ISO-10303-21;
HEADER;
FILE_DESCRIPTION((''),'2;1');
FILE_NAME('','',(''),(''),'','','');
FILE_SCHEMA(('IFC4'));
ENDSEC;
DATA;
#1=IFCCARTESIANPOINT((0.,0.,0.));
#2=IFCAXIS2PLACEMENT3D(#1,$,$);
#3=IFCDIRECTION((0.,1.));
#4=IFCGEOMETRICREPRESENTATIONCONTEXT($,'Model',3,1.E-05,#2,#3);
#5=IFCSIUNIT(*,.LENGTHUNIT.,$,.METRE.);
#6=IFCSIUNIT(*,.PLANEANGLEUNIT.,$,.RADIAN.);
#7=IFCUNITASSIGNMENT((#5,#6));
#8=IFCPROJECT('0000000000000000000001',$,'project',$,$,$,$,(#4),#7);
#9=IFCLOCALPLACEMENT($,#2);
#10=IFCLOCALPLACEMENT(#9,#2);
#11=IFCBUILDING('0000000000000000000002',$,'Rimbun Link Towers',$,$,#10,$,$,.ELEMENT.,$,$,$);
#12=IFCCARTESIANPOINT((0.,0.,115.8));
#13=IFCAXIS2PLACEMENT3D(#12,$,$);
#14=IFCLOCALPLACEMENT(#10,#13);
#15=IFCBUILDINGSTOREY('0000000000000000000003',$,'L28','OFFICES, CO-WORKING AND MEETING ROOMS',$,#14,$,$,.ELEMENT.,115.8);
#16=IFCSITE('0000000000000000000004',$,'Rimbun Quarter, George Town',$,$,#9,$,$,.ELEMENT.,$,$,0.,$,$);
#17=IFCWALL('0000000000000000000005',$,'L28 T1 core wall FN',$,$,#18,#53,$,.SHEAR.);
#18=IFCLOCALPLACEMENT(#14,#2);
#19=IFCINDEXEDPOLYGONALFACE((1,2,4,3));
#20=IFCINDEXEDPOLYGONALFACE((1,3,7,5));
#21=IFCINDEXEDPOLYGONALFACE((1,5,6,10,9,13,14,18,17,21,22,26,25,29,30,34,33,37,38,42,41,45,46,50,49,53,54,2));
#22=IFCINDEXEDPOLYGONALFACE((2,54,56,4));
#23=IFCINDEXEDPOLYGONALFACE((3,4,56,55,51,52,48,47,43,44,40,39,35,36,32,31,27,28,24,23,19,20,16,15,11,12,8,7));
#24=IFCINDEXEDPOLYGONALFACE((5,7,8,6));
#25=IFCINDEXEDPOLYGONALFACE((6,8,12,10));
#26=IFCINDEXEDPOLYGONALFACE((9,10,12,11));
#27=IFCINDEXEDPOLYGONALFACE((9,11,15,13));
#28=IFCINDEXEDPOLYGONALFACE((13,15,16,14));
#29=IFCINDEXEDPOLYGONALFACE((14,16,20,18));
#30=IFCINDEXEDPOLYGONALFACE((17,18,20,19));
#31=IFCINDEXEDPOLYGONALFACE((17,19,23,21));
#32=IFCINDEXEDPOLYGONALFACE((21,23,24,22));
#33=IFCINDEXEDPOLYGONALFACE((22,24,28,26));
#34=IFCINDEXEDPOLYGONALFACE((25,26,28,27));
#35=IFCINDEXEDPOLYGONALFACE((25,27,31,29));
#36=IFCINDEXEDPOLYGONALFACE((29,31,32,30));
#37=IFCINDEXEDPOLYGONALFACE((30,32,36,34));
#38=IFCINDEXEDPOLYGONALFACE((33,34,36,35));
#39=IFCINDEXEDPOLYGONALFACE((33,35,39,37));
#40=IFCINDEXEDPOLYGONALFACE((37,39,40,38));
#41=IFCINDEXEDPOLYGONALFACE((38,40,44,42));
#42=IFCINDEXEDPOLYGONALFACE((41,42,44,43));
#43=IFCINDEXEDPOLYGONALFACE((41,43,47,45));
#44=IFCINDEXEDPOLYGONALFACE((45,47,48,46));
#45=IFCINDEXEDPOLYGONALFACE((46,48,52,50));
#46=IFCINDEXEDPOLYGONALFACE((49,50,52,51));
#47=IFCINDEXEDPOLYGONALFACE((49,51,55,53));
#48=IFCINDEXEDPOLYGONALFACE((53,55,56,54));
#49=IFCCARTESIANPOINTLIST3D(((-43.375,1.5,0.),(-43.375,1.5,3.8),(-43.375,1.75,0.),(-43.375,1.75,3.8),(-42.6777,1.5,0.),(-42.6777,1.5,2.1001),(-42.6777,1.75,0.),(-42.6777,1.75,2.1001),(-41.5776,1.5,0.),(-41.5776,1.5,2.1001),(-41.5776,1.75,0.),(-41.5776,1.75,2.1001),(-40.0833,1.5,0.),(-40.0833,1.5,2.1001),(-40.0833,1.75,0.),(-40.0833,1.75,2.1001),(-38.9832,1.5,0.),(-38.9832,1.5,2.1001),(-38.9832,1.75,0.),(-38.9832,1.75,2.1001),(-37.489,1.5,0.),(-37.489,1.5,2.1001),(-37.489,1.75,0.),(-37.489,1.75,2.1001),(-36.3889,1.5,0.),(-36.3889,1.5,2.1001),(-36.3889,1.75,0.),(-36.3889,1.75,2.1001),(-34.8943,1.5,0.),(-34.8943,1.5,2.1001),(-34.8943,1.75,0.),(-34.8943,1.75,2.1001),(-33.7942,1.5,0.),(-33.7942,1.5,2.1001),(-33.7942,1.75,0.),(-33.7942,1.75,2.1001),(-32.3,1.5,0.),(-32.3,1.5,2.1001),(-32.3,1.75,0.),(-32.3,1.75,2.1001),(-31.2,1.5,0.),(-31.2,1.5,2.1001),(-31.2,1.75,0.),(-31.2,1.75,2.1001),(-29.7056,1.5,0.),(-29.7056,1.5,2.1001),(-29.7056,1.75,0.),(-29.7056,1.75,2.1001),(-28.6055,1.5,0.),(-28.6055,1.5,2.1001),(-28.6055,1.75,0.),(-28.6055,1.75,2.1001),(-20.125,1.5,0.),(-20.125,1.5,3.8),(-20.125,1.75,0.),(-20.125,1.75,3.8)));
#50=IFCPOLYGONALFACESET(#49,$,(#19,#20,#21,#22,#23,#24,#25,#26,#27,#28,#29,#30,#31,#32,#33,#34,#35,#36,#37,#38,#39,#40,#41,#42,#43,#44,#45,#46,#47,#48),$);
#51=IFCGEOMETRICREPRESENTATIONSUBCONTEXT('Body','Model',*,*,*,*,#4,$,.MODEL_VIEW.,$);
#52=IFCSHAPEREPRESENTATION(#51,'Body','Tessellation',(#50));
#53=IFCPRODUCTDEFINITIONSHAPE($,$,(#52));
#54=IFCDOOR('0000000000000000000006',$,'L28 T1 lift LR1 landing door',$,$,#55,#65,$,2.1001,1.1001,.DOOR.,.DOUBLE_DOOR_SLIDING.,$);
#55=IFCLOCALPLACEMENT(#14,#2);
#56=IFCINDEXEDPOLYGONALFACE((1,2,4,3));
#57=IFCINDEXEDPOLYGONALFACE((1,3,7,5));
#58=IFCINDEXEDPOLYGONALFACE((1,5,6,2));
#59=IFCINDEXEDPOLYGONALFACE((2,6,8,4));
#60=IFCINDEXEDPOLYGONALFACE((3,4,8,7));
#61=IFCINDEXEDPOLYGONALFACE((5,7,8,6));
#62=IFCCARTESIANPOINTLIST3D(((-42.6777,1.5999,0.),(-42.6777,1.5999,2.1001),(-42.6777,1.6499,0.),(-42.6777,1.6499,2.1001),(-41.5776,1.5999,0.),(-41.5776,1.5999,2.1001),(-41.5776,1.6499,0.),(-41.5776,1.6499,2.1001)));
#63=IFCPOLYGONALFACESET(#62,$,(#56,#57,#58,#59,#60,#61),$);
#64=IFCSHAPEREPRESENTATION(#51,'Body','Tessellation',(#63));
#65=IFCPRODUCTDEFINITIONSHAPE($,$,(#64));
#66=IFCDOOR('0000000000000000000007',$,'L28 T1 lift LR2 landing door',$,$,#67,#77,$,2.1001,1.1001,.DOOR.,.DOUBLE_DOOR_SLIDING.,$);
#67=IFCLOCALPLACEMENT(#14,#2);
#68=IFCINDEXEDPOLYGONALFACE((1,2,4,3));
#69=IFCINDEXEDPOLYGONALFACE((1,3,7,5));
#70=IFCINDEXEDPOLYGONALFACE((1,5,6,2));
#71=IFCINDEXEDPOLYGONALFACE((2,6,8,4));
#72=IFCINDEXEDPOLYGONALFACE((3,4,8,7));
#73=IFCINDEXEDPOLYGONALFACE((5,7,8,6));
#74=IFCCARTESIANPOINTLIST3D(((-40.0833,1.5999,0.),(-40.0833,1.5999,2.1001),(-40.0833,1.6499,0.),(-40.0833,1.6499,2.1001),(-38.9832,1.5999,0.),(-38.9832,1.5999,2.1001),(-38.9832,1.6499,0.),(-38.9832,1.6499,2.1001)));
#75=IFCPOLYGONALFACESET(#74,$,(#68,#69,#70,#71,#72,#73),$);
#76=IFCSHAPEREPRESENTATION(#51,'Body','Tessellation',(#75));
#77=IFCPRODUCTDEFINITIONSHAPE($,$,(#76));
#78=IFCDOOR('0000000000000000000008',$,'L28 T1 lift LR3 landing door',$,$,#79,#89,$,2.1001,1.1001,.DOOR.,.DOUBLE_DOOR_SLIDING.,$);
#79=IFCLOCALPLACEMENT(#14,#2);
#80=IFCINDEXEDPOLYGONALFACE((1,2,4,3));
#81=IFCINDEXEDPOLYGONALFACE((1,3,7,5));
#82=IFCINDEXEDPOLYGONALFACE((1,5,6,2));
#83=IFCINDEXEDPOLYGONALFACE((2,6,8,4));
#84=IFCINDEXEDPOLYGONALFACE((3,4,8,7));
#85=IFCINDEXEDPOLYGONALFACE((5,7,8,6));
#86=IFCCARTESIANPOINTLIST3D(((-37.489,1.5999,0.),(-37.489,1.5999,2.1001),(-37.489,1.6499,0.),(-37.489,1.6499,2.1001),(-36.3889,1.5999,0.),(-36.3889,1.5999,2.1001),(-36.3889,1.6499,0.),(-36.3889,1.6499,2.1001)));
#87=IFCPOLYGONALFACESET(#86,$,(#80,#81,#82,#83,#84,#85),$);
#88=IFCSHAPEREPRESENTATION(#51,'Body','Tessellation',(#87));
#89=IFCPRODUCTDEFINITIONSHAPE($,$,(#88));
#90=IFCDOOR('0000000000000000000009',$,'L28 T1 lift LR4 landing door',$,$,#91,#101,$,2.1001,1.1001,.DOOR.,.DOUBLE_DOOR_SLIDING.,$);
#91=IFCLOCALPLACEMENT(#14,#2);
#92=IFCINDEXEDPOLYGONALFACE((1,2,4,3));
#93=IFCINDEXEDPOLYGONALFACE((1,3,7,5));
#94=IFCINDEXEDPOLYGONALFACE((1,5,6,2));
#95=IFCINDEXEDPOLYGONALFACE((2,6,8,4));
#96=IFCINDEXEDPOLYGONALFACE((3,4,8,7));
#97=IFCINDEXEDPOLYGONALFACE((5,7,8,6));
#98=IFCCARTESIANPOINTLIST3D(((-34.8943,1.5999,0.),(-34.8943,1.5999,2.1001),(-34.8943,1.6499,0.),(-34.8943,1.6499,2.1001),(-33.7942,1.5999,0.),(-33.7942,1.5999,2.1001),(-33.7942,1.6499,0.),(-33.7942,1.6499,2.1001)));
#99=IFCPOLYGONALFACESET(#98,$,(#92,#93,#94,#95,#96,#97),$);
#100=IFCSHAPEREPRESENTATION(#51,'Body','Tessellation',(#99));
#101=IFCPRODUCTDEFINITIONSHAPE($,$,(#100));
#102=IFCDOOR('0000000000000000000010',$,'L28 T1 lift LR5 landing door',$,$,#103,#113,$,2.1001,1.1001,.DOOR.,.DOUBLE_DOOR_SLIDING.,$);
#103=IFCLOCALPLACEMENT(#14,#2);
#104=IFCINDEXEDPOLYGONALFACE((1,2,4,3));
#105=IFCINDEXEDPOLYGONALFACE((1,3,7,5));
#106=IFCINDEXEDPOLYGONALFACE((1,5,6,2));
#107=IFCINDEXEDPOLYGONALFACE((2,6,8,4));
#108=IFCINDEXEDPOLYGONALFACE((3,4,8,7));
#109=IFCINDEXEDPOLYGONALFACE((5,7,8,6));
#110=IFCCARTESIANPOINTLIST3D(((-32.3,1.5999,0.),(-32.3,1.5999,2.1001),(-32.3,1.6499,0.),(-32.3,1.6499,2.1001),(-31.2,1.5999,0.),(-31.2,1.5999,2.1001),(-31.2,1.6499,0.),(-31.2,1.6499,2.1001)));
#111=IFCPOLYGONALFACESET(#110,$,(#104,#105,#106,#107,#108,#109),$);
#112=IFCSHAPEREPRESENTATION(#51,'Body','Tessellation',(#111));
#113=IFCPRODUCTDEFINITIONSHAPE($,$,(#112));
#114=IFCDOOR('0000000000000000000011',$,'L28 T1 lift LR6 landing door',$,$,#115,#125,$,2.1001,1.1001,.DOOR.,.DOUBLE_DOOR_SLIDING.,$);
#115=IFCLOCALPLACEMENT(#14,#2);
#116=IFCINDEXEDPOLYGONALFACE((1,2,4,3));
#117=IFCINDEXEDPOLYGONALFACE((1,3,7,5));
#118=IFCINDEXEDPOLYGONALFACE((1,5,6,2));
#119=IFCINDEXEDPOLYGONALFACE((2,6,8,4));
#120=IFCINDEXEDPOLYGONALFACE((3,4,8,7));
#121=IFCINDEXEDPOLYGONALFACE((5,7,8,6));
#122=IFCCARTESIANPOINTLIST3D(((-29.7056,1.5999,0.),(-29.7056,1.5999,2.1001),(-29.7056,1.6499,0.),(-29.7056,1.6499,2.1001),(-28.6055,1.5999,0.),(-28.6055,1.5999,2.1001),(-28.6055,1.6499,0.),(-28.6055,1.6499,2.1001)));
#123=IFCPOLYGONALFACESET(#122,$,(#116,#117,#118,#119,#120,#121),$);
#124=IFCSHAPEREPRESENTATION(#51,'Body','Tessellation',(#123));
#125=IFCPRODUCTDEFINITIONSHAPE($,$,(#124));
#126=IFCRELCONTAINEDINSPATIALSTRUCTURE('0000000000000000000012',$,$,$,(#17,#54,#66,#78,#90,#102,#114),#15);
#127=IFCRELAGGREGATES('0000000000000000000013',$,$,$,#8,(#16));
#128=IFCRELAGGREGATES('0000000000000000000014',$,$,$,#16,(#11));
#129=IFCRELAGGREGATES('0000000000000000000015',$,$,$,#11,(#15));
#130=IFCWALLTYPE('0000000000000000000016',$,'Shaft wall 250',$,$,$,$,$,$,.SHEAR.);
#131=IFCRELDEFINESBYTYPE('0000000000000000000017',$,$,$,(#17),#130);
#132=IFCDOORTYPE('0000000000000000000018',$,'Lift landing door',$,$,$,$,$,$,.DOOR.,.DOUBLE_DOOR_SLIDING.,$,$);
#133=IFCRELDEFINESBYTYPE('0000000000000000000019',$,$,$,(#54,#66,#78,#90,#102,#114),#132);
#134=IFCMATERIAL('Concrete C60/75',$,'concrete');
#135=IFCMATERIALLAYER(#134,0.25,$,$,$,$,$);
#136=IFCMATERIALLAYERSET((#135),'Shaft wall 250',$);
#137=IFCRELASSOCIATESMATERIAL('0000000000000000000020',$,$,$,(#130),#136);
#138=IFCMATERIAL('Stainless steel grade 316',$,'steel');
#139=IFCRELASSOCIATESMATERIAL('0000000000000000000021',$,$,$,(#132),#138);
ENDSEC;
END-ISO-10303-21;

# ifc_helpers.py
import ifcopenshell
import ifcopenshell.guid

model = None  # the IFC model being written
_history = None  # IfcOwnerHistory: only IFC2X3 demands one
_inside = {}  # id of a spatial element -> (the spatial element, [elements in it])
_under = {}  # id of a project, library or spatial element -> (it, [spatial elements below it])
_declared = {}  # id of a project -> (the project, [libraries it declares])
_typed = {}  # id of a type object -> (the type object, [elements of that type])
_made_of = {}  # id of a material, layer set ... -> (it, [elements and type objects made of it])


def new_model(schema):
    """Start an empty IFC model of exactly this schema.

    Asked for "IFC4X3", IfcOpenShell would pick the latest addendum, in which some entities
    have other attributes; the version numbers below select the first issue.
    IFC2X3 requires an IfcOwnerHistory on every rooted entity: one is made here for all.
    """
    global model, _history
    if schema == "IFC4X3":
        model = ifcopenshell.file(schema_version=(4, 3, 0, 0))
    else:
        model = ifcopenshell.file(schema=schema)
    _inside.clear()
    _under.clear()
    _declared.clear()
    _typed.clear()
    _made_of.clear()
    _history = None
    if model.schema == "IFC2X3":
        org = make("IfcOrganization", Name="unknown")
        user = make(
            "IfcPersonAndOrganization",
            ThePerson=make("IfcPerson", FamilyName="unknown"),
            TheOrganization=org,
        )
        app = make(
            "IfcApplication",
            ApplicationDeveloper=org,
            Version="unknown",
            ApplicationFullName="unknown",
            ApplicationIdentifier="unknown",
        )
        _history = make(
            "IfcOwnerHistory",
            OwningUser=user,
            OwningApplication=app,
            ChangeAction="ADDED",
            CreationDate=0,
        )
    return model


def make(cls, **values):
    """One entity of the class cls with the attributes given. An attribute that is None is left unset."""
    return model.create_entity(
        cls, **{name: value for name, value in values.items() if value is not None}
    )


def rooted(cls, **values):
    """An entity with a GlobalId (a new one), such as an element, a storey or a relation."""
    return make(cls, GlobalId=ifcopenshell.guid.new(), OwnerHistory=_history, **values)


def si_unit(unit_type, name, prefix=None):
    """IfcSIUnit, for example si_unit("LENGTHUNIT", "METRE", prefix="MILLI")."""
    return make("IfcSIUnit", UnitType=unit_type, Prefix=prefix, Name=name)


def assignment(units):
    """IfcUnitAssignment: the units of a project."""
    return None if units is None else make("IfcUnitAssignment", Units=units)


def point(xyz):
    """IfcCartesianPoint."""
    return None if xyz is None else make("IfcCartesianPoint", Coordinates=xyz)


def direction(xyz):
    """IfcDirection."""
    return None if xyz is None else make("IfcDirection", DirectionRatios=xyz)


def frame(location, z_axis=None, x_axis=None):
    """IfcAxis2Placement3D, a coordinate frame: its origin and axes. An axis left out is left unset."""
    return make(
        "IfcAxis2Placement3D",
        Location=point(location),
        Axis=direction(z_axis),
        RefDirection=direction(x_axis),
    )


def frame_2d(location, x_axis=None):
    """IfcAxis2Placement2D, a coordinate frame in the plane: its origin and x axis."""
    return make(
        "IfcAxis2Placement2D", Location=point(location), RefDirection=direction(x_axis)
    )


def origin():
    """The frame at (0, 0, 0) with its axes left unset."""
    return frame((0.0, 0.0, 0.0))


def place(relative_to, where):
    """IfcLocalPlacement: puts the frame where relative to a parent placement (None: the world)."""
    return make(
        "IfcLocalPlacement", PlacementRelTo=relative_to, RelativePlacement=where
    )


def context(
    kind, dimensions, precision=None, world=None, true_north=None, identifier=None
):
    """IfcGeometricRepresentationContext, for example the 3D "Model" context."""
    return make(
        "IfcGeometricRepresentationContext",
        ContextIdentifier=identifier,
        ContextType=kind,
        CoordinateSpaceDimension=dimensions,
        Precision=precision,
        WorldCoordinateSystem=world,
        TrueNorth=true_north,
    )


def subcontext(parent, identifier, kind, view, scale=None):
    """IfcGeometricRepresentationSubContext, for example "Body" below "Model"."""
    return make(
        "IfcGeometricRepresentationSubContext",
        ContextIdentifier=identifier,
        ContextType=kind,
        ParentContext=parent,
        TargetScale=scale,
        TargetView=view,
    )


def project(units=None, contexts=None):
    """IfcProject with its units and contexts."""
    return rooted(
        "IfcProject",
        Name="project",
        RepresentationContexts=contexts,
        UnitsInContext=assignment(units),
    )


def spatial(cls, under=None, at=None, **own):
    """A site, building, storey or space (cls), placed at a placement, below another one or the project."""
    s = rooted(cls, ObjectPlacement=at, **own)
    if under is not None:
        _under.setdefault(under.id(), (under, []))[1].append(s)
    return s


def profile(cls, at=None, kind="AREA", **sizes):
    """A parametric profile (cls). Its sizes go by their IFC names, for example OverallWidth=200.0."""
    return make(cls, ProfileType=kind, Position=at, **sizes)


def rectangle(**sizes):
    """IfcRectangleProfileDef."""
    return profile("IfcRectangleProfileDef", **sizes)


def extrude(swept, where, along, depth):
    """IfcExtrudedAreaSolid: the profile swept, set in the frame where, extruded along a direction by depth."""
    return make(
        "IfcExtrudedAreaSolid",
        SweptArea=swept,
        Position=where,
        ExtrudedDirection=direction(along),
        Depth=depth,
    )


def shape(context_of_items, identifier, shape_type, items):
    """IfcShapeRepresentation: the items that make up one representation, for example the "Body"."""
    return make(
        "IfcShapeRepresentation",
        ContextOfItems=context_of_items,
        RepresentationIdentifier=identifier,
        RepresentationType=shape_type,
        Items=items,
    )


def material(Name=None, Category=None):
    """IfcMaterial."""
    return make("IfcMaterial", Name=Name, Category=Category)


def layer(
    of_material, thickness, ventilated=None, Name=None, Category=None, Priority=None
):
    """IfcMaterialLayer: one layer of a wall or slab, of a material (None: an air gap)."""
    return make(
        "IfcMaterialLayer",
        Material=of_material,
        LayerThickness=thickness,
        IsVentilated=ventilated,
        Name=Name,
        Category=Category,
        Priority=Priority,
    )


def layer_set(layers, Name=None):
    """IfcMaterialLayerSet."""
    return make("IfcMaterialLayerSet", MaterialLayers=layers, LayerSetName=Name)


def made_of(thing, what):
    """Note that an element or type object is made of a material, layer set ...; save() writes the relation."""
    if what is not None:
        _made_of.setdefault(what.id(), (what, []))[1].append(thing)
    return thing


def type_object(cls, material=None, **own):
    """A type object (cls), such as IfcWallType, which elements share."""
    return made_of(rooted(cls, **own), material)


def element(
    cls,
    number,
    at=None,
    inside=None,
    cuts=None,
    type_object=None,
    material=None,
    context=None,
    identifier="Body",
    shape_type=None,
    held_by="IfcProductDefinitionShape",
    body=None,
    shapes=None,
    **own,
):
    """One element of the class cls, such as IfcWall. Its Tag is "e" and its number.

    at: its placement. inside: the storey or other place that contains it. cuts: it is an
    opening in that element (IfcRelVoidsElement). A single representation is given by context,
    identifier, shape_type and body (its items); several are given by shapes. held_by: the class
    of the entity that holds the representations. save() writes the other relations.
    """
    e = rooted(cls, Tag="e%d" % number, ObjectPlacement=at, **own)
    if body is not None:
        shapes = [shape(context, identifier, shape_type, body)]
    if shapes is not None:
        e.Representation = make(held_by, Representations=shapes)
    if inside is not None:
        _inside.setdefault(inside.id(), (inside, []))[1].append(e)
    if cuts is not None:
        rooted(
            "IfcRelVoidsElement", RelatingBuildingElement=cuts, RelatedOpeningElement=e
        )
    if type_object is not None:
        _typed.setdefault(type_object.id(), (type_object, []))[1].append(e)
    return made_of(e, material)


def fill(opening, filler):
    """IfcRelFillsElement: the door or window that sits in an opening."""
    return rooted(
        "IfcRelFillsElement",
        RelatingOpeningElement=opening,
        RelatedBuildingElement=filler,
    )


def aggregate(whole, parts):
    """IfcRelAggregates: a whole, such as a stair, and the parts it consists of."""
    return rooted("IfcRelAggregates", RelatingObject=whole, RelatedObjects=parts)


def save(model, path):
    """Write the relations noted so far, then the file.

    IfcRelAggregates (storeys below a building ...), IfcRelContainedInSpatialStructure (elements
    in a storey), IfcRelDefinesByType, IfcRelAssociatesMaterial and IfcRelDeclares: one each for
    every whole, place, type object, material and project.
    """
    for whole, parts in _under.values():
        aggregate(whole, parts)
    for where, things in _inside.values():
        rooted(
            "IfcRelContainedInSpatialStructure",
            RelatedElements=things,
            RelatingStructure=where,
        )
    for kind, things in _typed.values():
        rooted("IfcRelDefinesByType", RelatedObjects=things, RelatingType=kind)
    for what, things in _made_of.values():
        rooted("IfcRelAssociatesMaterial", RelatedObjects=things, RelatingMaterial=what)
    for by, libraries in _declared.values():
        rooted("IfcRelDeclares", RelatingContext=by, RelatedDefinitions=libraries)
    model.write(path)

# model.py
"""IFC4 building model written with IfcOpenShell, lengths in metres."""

from ifc_helpers import new_model, si_unit, direction, frame, frame_2d, origin, place, context, subcontext, project, spatial, rectangle, extrude, material, layer, layer_set, type_object, element, fill, save


model = new_model("IFC4")

# Units and contexts
model_context = context("Model", 3, precision=1e-05, world=origin(), true_north=direction((0.0, 1.0)))
body_context = subcontext(model_context, "Body", "Model", "MODEL_VIEW")
ifc_project = project(units=[si_unit("LENGTHUNIT", "METRE"), si_unit("PLANEANGLEUNIT", "RADIAN")], contexts=[model_context])

# Site, building, storey
site_placement = place(None, origin())
site = spatial("IfcSite", under=ifc_project, at=site_placement, Name="Rimbun Quarter, George Town", CompositionType="ELEMENT", RefElevation=0.0)
building_placement = place(site_placement, origin())
building = spatial("IfcBuilding", under=site, at=building_placement, Name="Rimbun Link Towers", CompositionType="ELEMENT")
storey_placement = place(building_placement, frame((0.0, 0.0, 115.8)))
storey = spatial("IfcBuildingStorey", under=building, at=storey_placement, Name="L28", Description="OFFICES, CO-WORKING AND MEETING ROOMS", CompositionType="ELEMENT", Elevation=115.8)

# Shared definitions
ifc_material_1 = material(Name="Concrete C60/75", Category="concrete")
ifc_layer_1 = layer(ifc_material_1, 0.25)
ifc_layer_set_1 = layer_set([ifc_layer_1], Name="Shaft wall 250")
wall_type_1 = type_object("IfcWallType", Name="Shaft wall 250", PredefinedType="SHEAR", material=ifc_layer_set_1)

# Wall, openings, doors
wall_1_placement = place(storey_placement, frame((-43.375, 1.625, 0.0), z_axis=(0.0, 0.0, 1.0), x_axis=(1.0, 0.0, 0.0)))
wall_1 = element("IfcWall", 1, at=wall_1_placement, inside=storey, type_object=wall_type_1, Name="L28 T1 core wall FN", PredefinedType="SHEAR", context=body_context, shape_type="SweptSolid", body=[
    extrude(rectangle(XDim=23.25, YDim=0.25, at=frame_2d((11.625, 0.0))), origin(), (0.0, 0.0, 1.0), 3.8),
])
opening_1_placement = place(wall_1_placement, frame((0.6973, 0.0, 0.0)))
opening_1 = element("IfcOpeningElement", 2, at=opening_1_placement, cuts=wall_1, PredefinedType="OPENING", context=body_context, shape_type="SweptSolid", body=[
    extrude(rectangle(XDim=1.1001, YDim=2.1001, at=frame_2d((0.55, 1.05))), frame((0.0, 0.135, 0.0), z_axis=(0.0, -1.0, 0.0), x_axis=(1.0, 0.0, 0.0)), (0.0, 0.0, 1.0), 0.27),
])
opening_2_placement = place(wall_1_placement, frame((3.2917, 0.0, 0.0)))
opening_2 = element("IfcOpeningElement", 3, at=opening_2_placement, cuts=wall_1, PredefinedType="OPENING", context=body_context, shape_type="SweptSolid", body=[
    extrude(rectangle(XDim=1.1001, YDim=2.1001, at=frame_2d((0.55, 1.05))), frame((0.0, 0.135, 0.0), z_axis=(0.0, -1.0, 0.0), x_axis=(1.0, 0.0, 0.0)), (0.0, 0.0, 1.0), 0.27),
])
opening_3_placement = place(wall_1_placement, frame((5.886, 0.0, 0.0)))
opening_3 = element("IfcOpeningElement", 4, at=opening_3_placement, cuts=wall_1, PredefinedType="OPENING", context=body_context, shape_type="SweptSolid", body=[
    extrude(rectangle(XDim=1.1001, YDim=2.1001, at=frame_2d((0.55, 1.05))), frame((0.0, 0.135, 0.0), z_axis=(0.0, -1.0, 0.0), x_axis=(1.0, 0.0, 0.0)), (0.0, 0.0, 1.0), 0.27),
])
opening_4_placement = place(wall_1_placement, frame((8.4807, 0.0, 0.0)))
opening_4 = element("IfcOpeningElement", 5, at=opening_4_placement, cuts=wall_1, PredefinedType="OPENING", context=body_context, shape_type="SweptSolid", body=[
    extrude(rectangle(XDim=1.1001, YDim=2.1001, at=frame_2d((0.55, 1.05))), frame((0.0, 0.135, 0.0), z_axis=(0.0, -1.0, 0.0), x_axis=(1.0, 0.0, 0.0)), (0.0, 0.0, 1.0), 0.27),
])
opening_5_placement = place(wall_1_placement, frame((11.075, 0.0, 0.0)))
opening_5 = element("IfcOpeningElement", 6, at=opening_5_placement, cuts=wall_1, PredefinedType="OPENING", context=body_context, shape_type="SweptSolid", body=[
    extrude(rectangle(XDim=1.1001, YDim=2.1001, at=frame_2d((0.55, 1.05))), frame((0.0, 0.135, 0.0), z_axis=(0.0, -1.0, 0.0), x_axis=(1.0, 0.0, 0.0)), (0.0, 0.0, 1.0), 0.27),
])
opening_6_placement = place(wall_1_placement, frame((13.6694, 0.0, 0.0)))
opening_6 = element("IfcOpeningElement", 7, at=opening_6_placement, cuts=wall_1, PredefinedType="OPENING", context=body_context, shape_type="SweptSolid", body=[
    extrude(rectangle(XDim=1.1001, YDim=2.1001, at=frame_2d((0.55, 1.05))), frame((0.0, 0.135, 0.0), z_axis=(0.0, -1.0, 0.0), x_axis=(1.0, 0.0, 0.0)), (0.0, 0.0, 1.0), 0.27),
])
ifc_material_2 = material(Name="Stainless steel grade 316", Category="steel")
door_type_1 = type_object("IfcDoorType", Name="Lift landing door", OperationType="DOUBLE_DOOR_SLIDING", PredefinedType="DOOR", material=ifc_material_2)
door_1_placement = place(opening_1_placement, origin())
door_1 = element("IfcDoor", 8, at=door_1_placement, inside=storey, type_object=door_type_1, Name="L28 T1 lift LR1 landing door", OperationType="DOUBLE_DOOR_SLIDING", OverallHeight=2.1001, OverallWidth=1.1001, PredefinedType="DOOR", context=body_context, shape_type="SweptSolid", body=[
    extrude(rectangle(XDim=1.1001, YDim=2.1001, at=frame_2d((0.55, 1.05))), frame((0.0, 0.0249, 0.0), z_axis=(0.0, -1.0, 0.0), x_axis=(1.0, 0.0, 0.0)), (0.0, 0.0, 1.0), 0.05),
])
fill(opening_1, door_1)
door_2_placement = place(opening_2_placement, origin())
door_2 = element("IfcDoor", 9, at=door_2_placement, inside=storey, type_object=door_type_1, Name="L28 T1 lift LR2 landing door", OperationType="DOUBLE_DOOR_SLIDING", OverallHeight=2.1001, OverallWidth=1.1001, PredefinedType="DOOR", context=body_context, shape_type="SweptSolid", body=[
    extrude(rectangle(XDim=1.1001, YDim=2.1001, at=frame_2d((0.55, 1.05))), frame((0.0, 0.0249, 0.0), z_axis=(0.0, -1.0, 0.0), x_axis=(1.0, 0.0, 0.0)), (0.0, 0.0, 1.0), 0.05),
])
fill(opening_2, door_2)
door_3_placement = place(opening_3_placement, origin())
door_3 = element("IfcDoor", 10, at=door_3_placement, inside=storey, type_object=door_type_1, Name="L28 T1 lift LR3 landing door", OperationType="DOUBLE_DOOR_SLIDING", OverallHeight=2.1001, OverallWidth=1.1001, PredefinedType="DOOR", context=body_context, shape_type="SweptSolid", body=[
    extrude(rectangle(XDim=1.1001, YDim=2.1001, at=frame_2d((0.55, 1.05))), frame((0.0, 0.0249, 0.0), z_axis=(0.0, -1.0, 0.0), x_axis=(1.0, 0.0, 0.0)), (0.0, 0.0, 1.0), 0.05),
])
fill(opening_3, door_3)
door_4_placement = place(opening_4_placement, origin())
door_4 = element("IfcDoor", 11, at=door_4_placement, inside=storey, type_object=door_type_1, Name="L28 T1 lift LR4 landing door", OperationType="DOUBLE_DOOR_SLIDING", OverallHeight=2.1001, OverallWidth=1.1001, PredefinedType="DOOR", context=body_context, shape_type="SweptSolid", body=[
    extrude(rectangle(XDim=1.1001, YDim=2.1001, at=frame_2d((0.55, 1.05))), frame((0.0, 0.0249, 0.0), z_axis=(0.0, -1.0, 0.0), x_axis=(1.0, 0.0, 0.0)), (0.0, 0.0, 1.0), 0.05),
])
fill(opening_4, door_4)
door_5_placement = place(opening_5_placement, origin())
door_5 = element("IfcDoor", 12, at=door_5_placement, inside=storey, type_object=door_type_1, Name="L28 T1 lift LR5 landing door", OperationType="DOUBLE_DOOR_SLIDING", OverallHeight=2.1001, OverallWidth=1.1001, PredefinedType="DOOR", context=body_context, shape_type="SweptSolid", body=[
    extrude(rectangle(XDim=1.1001, YDim=2.1001, at=frame_2d((0.55, 1.05))), frame((0.0, 0.0249, 0.0), z_axis=(0.0, -1.0, 0.0), x_axis=(1.0, 0.0, 0.0)), (0.0, 0.0, 1.0), 0.05),
])
fill(opening_5, door_5)
door_6_placement = place(opening_6_placement, origin())
door_6 = element("IfcDoor", 13, at=door_6_placement, inside=storey, type_object=door_type_1, Name="L28 T1 lift LR6 landing door", OperationType="DOUBLE_DOOR_SLIDING", OverallHeight=2.1001, OverallWidth=1.1001, PredefinedType="DOOR", context=body_context, shape_type="SweptSolid", body=[
    extrude(rectangle(XDim=1.1001, YDim=2.1001, at=frame_2d((0.55, 1.05))), frame((0.0, 0.0249, 0.0), z_axis=(0.0, -1.0, 0.0), x_axis=(1.0, 0.0, 0.0)), (0.0, 0.0, 1.0), 0.05),
])
fill(opening_6, door_6)

save(model, "model.ifc")
